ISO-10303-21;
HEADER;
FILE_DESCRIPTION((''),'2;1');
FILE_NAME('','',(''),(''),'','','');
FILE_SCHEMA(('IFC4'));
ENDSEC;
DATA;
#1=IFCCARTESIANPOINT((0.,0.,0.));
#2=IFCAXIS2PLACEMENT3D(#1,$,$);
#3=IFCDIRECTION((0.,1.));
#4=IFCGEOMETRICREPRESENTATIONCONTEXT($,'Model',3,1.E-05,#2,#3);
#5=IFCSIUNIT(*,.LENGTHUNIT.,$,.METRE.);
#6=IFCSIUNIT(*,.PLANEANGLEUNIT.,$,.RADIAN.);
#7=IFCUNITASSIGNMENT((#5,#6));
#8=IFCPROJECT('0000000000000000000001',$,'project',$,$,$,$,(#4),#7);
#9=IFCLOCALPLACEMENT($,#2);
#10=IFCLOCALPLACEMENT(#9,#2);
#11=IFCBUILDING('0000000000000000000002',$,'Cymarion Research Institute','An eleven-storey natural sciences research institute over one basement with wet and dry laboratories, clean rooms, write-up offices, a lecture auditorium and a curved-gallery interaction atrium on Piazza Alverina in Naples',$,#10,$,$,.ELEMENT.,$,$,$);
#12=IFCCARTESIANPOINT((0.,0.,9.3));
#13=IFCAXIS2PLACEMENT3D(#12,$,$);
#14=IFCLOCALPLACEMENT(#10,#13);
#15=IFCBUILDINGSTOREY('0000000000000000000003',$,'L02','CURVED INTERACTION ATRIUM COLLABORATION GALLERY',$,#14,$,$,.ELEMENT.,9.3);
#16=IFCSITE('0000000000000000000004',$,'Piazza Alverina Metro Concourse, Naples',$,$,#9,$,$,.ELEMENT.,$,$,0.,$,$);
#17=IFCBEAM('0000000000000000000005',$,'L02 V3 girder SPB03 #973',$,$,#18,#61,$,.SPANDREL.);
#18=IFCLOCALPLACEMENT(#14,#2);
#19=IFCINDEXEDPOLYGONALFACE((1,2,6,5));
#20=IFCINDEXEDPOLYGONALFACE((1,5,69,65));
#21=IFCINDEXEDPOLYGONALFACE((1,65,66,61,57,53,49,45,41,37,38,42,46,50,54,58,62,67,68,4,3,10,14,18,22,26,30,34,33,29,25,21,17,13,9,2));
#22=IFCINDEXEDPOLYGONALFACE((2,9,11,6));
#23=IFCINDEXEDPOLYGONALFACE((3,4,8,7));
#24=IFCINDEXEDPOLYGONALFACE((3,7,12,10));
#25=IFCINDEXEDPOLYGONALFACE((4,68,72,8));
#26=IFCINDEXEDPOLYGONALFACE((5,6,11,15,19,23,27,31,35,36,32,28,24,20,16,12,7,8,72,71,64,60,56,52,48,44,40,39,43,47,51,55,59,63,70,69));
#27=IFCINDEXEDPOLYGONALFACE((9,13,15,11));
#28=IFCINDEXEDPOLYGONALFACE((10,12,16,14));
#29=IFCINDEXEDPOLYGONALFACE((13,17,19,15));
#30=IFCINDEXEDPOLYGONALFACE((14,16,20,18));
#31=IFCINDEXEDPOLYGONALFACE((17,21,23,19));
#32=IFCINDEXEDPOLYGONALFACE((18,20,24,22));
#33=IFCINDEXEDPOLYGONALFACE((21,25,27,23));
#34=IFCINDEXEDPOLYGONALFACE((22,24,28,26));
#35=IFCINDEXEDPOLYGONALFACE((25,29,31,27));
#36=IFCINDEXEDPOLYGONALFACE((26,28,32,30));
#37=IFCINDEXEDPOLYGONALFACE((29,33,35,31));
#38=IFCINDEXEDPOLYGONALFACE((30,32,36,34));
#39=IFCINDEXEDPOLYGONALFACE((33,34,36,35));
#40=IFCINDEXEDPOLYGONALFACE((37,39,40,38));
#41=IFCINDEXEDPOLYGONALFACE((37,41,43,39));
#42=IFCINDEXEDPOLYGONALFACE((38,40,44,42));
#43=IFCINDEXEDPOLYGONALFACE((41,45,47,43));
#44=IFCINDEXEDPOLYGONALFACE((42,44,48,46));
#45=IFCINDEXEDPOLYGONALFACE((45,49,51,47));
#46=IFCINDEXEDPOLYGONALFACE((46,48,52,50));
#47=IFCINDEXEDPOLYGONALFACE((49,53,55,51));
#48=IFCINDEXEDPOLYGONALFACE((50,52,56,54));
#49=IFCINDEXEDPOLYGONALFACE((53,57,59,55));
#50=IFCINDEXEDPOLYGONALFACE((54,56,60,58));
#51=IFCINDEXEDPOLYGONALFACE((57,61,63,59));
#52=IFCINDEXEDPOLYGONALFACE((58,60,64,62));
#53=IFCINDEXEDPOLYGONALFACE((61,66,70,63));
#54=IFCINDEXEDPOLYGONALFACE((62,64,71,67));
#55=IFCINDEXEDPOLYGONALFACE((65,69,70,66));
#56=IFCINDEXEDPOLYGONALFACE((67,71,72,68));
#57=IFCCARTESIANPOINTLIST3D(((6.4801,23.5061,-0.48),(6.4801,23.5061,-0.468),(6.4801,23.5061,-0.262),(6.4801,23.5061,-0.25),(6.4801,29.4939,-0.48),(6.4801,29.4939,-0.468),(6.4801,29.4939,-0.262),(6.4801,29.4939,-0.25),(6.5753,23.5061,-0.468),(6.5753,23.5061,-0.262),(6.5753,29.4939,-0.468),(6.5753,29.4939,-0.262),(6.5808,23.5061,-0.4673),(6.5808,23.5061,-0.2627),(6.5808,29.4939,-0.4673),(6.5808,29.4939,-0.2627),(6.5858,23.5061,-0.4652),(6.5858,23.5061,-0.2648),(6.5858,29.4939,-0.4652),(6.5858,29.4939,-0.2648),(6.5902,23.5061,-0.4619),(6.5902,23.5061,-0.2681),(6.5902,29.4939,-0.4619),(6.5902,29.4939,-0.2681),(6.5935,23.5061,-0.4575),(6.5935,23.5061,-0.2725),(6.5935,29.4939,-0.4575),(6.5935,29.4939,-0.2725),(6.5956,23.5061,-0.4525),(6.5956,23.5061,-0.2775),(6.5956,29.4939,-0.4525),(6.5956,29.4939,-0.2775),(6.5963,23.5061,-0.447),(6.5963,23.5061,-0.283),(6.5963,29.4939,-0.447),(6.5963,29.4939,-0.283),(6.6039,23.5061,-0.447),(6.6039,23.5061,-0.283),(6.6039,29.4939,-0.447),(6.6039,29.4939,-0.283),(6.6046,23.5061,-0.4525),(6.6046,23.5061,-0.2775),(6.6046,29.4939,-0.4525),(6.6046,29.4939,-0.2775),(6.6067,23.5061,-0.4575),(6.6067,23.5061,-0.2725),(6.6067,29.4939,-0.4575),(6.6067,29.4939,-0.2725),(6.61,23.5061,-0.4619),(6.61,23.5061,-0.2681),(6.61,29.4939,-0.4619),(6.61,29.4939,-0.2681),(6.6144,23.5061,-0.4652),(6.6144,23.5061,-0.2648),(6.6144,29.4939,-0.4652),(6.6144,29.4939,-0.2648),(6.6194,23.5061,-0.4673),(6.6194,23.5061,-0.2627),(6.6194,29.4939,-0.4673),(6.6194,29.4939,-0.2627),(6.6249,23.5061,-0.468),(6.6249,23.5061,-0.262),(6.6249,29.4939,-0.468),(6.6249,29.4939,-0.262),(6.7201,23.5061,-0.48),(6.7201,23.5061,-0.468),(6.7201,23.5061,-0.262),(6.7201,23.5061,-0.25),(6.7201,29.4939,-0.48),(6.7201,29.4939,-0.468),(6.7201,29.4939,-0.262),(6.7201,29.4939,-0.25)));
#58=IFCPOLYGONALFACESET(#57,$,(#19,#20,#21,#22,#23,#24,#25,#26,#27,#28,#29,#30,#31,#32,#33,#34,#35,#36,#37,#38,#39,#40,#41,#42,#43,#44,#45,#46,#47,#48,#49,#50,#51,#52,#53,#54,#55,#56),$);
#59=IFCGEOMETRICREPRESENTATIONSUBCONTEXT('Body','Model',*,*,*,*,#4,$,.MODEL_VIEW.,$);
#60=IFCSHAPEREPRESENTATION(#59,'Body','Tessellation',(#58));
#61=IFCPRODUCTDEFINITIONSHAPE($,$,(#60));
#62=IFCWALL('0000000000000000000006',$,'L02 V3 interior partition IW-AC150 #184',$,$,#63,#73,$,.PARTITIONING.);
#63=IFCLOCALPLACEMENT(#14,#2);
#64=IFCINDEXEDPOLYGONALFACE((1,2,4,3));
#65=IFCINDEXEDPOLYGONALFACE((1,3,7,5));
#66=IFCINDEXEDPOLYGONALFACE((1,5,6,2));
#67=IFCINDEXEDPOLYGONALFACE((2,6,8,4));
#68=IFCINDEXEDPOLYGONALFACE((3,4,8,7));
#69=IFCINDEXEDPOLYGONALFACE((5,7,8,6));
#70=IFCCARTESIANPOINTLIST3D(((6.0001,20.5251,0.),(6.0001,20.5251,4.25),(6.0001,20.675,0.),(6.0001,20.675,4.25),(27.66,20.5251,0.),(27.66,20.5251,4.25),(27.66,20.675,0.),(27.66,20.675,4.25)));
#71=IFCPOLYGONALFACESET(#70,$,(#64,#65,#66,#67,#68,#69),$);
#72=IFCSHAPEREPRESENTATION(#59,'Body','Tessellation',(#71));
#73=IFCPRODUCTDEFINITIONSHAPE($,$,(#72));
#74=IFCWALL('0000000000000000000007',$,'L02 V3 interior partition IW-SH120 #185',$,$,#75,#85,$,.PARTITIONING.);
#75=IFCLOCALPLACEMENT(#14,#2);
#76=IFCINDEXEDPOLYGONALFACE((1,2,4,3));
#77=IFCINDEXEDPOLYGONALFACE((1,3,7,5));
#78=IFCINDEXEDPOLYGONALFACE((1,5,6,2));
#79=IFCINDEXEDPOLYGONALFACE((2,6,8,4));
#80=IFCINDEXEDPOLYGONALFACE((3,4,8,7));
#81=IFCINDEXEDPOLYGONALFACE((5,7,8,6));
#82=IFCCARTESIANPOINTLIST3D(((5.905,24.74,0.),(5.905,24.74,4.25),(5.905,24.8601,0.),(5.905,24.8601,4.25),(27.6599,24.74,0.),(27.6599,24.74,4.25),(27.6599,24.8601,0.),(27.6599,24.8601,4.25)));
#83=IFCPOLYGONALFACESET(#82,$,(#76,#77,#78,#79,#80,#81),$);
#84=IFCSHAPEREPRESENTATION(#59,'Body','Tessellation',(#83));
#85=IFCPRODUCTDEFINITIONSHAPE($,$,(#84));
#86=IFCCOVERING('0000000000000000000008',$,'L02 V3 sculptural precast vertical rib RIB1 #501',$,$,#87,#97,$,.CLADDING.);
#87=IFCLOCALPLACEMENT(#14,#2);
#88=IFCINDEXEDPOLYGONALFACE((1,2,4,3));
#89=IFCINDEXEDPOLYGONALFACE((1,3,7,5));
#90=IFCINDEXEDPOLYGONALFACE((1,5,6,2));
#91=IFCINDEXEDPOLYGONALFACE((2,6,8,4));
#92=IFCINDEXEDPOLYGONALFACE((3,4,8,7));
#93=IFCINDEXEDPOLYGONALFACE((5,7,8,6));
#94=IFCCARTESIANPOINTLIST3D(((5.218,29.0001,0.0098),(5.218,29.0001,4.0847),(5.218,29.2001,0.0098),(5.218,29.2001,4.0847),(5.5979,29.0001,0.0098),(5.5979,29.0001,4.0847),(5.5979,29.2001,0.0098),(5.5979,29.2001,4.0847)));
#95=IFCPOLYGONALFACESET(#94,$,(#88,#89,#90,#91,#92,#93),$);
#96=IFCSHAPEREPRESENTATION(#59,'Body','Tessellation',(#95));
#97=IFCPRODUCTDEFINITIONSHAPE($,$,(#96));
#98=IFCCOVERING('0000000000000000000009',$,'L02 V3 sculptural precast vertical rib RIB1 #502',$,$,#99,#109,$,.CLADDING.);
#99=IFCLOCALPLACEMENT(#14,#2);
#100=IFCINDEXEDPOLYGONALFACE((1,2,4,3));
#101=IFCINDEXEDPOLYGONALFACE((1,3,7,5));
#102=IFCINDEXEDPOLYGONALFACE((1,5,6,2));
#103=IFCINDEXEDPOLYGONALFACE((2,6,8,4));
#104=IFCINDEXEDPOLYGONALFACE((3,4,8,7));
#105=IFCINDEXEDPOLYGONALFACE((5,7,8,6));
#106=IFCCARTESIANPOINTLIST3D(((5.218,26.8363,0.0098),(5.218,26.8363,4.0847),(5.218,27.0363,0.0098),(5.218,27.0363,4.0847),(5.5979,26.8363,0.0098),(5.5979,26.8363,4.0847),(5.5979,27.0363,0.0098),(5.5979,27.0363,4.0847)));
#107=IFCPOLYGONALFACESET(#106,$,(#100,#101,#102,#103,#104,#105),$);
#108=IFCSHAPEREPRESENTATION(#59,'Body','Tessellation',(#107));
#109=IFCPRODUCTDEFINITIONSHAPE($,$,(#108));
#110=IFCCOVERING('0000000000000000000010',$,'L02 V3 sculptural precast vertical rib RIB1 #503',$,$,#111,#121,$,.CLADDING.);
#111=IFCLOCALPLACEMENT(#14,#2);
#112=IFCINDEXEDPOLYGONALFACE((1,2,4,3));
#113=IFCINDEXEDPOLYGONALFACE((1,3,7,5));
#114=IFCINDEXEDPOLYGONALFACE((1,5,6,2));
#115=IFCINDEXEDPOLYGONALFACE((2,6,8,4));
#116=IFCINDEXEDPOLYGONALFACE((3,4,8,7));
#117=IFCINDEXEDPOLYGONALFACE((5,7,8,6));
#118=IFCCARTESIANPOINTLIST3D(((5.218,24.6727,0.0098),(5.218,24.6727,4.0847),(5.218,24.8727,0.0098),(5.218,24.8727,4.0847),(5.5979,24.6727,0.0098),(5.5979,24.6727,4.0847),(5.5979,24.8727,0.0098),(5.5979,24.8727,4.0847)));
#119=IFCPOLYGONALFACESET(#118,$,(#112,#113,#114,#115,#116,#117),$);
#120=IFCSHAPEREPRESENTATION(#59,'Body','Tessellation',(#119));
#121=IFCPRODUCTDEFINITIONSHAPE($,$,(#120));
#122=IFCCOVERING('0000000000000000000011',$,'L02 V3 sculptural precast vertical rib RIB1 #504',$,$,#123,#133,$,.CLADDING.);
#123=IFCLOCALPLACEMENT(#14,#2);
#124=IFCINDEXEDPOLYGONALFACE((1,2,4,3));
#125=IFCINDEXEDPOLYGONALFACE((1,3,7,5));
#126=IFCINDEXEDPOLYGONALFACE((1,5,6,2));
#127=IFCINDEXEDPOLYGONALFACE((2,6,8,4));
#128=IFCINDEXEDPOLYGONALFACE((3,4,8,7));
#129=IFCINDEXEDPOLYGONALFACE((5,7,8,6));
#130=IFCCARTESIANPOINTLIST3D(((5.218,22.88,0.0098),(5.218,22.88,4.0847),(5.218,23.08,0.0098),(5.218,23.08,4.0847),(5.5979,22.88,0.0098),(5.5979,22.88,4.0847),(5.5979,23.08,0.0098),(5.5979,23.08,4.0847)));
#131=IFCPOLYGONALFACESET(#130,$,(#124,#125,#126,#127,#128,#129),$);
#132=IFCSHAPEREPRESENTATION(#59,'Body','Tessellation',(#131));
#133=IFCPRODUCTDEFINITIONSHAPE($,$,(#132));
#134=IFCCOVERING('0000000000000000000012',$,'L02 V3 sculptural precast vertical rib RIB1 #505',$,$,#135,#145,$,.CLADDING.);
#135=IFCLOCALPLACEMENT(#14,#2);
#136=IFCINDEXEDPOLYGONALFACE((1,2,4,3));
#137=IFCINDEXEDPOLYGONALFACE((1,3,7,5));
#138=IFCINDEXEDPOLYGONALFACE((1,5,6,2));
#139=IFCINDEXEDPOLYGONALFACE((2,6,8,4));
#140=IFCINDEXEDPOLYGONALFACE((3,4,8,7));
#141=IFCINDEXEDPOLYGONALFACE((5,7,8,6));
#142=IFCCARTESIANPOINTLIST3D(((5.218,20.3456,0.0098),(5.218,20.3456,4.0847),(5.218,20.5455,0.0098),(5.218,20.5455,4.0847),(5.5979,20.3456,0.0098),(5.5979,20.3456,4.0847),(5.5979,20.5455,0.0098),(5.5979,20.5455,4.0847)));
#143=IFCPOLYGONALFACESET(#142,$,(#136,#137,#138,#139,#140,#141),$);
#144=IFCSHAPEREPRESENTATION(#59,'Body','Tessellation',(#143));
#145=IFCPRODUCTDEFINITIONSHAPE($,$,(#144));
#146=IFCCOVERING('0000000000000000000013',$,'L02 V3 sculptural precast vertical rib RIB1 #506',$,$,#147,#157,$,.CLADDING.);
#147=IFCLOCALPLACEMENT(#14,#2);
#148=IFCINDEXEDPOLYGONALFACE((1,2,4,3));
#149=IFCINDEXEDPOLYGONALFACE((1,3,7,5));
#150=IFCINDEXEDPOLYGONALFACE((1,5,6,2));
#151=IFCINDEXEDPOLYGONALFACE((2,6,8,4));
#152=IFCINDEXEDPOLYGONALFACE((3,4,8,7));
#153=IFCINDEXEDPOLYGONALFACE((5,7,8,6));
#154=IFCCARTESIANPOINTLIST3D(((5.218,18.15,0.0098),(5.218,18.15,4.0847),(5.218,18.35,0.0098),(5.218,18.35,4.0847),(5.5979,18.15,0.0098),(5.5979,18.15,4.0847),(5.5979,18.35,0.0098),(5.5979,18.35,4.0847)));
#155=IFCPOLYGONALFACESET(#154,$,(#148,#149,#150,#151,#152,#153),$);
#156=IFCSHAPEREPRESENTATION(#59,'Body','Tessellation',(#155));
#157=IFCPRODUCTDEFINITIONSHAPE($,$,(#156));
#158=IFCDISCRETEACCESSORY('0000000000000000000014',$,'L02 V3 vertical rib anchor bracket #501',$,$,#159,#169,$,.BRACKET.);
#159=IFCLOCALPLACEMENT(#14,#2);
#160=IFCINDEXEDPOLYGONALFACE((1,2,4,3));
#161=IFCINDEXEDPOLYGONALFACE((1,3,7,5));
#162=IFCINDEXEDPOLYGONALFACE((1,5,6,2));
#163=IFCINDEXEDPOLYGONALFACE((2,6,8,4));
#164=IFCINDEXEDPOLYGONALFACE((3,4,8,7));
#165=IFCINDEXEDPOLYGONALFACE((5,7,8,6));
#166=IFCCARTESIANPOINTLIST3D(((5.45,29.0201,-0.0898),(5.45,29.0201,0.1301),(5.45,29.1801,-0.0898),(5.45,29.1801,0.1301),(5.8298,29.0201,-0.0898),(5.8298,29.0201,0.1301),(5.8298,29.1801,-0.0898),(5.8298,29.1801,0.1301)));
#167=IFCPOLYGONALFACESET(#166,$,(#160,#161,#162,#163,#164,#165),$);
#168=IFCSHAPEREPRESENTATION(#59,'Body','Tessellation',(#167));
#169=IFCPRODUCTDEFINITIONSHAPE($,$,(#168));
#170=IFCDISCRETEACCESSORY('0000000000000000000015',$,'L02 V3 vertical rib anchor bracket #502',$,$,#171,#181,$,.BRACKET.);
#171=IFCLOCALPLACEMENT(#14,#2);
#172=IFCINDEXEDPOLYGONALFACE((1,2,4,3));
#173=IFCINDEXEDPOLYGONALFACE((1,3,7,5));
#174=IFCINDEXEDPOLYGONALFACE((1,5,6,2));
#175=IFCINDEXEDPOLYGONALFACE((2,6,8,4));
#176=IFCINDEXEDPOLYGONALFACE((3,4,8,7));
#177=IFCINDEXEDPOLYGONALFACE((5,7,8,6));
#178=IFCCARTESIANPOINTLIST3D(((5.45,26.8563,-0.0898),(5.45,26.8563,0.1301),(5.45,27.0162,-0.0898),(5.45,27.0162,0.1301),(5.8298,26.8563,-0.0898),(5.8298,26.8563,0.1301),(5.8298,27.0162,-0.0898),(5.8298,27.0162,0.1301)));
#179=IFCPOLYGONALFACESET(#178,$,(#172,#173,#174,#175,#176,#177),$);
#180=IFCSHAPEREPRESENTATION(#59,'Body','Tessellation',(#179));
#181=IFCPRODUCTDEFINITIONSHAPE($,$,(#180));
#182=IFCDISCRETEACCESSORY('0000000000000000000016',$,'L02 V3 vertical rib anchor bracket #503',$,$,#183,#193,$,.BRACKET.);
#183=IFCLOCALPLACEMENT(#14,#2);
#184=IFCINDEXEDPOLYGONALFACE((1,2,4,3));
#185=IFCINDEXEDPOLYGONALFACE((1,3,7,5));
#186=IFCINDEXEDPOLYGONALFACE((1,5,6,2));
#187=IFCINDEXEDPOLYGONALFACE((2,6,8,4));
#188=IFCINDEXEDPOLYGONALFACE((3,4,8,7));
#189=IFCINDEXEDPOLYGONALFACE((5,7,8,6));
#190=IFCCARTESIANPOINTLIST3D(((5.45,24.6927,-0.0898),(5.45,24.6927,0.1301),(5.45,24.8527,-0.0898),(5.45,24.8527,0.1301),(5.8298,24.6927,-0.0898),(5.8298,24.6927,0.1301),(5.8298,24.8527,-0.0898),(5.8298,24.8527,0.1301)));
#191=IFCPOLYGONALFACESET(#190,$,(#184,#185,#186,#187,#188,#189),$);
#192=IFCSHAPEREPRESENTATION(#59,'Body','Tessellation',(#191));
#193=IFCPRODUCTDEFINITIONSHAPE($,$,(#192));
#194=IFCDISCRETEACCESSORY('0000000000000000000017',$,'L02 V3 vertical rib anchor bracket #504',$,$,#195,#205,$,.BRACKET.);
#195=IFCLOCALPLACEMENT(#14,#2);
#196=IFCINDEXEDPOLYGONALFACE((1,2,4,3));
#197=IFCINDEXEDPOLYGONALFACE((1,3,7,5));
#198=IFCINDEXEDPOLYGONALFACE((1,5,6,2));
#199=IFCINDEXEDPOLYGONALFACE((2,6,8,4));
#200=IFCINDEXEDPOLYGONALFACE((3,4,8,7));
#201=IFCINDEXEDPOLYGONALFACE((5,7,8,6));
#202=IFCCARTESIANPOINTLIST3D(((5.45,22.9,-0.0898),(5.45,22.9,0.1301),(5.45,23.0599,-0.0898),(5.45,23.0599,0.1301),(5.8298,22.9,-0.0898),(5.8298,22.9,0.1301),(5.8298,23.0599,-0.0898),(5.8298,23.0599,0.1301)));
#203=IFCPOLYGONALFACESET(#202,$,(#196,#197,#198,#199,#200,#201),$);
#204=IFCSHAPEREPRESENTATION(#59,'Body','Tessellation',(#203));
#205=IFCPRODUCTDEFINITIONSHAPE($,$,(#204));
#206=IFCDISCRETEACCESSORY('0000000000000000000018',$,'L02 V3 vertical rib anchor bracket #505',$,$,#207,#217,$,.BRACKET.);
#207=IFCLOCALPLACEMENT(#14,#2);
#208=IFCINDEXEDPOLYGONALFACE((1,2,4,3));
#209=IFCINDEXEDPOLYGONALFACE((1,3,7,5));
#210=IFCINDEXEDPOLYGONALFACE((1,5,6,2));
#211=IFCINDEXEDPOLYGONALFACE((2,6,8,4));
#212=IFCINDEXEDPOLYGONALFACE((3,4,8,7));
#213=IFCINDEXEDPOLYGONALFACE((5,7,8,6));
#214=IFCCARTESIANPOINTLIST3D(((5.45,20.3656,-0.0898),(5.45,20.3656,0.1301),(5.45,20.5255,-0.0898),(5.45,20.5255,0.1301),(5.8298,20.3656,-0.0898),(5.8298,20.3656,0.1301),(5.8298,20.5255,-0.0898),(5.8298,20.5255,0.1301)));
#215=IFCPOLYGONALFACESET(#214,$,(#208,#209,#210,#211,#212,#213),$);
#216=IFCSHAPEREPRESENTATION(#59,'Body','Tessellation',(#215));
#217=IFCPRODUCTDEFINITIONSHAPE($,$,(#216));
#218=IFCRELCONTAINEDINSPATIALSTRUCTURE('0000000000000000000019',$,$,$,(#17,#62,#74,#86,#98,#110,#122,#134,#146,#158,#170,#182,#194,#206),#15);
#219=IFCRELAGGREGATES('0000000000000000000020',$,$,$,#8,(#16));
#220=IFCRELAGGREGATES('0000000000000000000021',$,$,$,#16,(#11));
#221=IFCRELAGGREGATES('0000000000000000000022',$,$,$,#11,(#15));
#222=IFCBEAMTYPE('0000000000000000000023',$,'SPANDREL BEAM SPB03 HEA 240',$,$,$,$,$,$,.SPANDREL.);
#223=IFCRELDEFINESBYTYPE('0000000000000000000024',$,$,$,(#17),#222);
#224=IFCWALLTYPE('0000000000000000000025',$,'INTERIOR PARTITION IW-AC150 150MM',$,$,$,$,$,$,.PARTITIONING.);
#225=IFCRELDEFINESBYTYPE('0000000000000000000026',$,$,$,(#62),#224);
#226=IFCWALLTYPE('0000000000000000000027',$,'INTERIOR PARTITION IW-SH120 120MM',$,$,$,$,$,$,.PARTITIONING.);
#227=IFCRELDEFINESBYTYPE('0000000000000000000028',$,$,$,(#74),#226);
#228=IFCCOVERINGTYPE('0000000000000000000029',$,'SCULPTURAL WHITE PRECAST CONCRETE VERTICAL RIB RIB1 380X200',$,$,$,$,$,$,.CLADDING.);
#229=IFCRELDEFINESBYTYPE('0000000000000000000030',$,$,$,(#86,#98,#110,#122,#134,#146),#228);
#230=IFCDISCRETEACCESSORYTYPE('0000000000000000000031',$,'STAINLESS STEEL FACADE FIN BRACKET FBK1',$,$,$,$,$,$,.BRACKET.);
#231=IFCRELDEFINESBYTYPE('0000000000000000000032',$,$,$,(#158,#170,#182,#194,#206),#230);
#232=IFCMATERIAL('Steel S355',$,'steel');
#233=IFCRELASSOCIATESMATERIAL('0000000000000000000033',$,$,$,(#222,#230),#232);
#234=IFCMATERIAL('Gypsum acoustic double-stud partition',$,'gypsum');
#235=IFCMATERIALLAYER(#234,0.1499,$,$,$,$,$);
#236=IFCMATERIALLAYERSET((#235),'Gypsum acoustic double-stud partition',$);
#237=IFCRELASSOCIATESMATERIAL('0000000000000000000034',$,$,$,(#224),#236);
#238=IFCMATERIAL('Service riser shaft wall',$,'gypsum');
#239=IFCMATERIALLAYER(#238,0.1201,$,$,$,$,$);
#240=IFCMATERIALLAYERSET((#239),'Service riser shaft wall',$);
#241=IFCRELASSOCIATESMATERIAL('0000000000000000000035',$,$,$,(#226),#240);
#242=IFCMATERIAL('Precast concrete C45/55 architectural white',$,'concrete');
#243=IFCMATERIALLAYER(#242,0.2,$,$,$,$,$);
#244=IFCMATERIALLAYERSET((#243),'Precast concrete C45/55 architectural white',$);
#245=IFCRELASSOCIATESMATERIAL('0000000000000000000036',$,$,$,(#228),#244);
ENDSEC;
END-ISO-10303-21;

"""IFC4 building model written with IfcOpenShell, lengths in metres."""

from ifc_helpers import new_model, si_unit, direction, frame, frame_2d, origin, origin_2d, place, context, subcontext, project, spatial, rectangle, i_section, extrude, material, layer, layer_set, material_profile, profile_set, type_object, element, save


model = new_model("IFC4")

# Units and contexts
model_context = context("Model", 3, precision=1e-05, world=origin(), true_north=direction((0.0, 1.0)))
body_context = subcontext(model_context, "Body", "Model", "MODEL_VIEW")
ifc_project = project(units=[si_unit("LENGTHUNIT", "METRE"), si_unit("PLANEANGLEUNIT", "RADIAN")], contexts=[model_context])

# Site, building, storey
site_placement = place(None, origin())
site = spatial("IfcSite", under=ifc_project, at=site_placement, Name="Piazza Alverina Metro Concourse, Naples", CompositionType="ELEMENT", RefElevation=0.0)
building_placement = place(site_placement, origin())
building = spatial("IfcBuilding", under=site, at=building_placement, Name="Cymarion Research Institute", Description="An eleven-storey natural sciences research institute over one basement with wet and dry laboratories, clean rooms, write-up offices, a lecture auditorium and a curved-gallery interaction atrium on Piazza Alverina in Naples", CompositionType="ELEMENT")
storey_placement = place(building_placement, frame((0.0, 0.0, 9.3)))
storey = spatial("IfcBuildingStorey", under=building, at=storey_placement, Name="L02", Description="CURVED INTERACTION ATRIUM COLLABORATION GALLERY", CompositionType="ELEMENT", Elevation=9.3)

# Shared definitions
ifc_material_1 = material(Name="Steel S355", Category="steel")

# Beam
ifc_material_profile_1 = material_profile(ifc_material_1, i_section(OverallWidth=0.24, OverallDepth=0.23, WebThickness=0.0076, FlangeThickness=0.012, FilletRadius=0.021, at=origin_2d()), Name="HEA 240")
ifc_profile_set_1 = profile_set([ifc_material_profile_1], Name="Steel S355")
beam_type_1 = type_object("IfcBeamType", Name="SPANDREL BEAM SPB03 HEA 240", PredefinedType="SPANDREL", material=ifc_profile_set_1)
beam_1_placement = place(storey_placement, frame((6.6001, 23.5061, -0.365), z_axis=(0.0, 1.0, 0.0), x_axis=(-1.0, 0.0, 0.0)))
element("IfcBeam", 1, at=beam_1_placement, inside=storey, type_object=beam_type_1, Name="L02 V3 girder SPB03 #973", PredefinedType="SPANDREL", context=body_context, shape_type="SweptSolid", body=[
    extrude(i_section(OverallWidth=0.24, OverallDepth=0.23, WebThickness=0.0076, FlangeThickness=0.012, FilletRadius=0.021, at=origin_2d()), origin(), (0.0, 0.0, 1.0), 5.9878),
])

# Walls
ifc_material_2 = material(Name="Gypsum acoustic double-stud partition", Category="gypsum")
ifc_layer_1 = layer(ifc_material_2, 0.1499)
ifc_layer_set_1 = layer_set([ifc_layer_1], Name="Gypsum acoustic double-stud partition")
wall_type_1 = type_object("IfcWallType", Name="INTERIOR PARTITION IW-AC150 150MM", PredefinedType="PARTITIONING", material=ifc_layer_set_1)
wall_1_placement = place(storey_placement, frame((6.0, 20.6001, 0.0), z_axis=(0.0, 0.0, 1.0), x_axis=(1.0, 0.0, 0.0)))
element("IfcWall", 2, at=wall_1_placement, inside=storey, type_object=wall_type_1, Name="L02 V3 interior partition IW-AC150 #184", PredefinedType="PARTITIONING", context=body_context, shape_type="SweptSolid", body=[
    extrude(rectangle(XDim=21.6599, YDim=0.1499, at=frame_2d((10.8301, 0.0))), origin(), (0.0, 0.0, 1.0), 4.25),
])
ifc_material_3 = material(Name="Service riser shaft wall", Category="gypsum")
ifc_layer_2 = layer(ifc_material_3, 0.1201)
ifc_layer_set_2 = layer_set([ifc_layer_2], Name="Service riser shaft wall")
wall_type_2 = type_object("IfcWallType", Name="INTERIOR PARTITION IW-SH120 120MM", PredefinedType="PARTITIONING", material=ifc_layer_set_2)
wall_2_placement = place(storey_placement, frame((5.905, 24.8, 0.0), z_axis=(0.0, 0.0, 1.0), x_axis=(1.0, 0.0, 0.0)))
element("IfcWall", 3, at=wall_2_placement, inside=storey, type_object=wall_type_2, Name="L02 V3 interior partition IW-SH120 #185", PredefinedType="PARTITIONING", context=body_context, shape_type="SweptSolid", body=[
    extrude(rectangle(XDim=21.7549, YDim=0.1201, at=frame_2d((10.8774, 0.0))), origin(), (0.0, 0.0, 1.0), 4.25),
])

# Coverings
ifc_material_4 = material(Name="Precast concrete C45/55 architectural white", Category="concrete")
ifc_layer_3 = layer(ifc_material_4, 0.2)
ifc_layer_set_3 = layer_set([ifc_layer_3], Name="Precast concrete C45/55 architectural white")
covering_type = type_object("IfcCoveringType", Name="SCULPTURAL WHITE PRECAST CONCRETE VERTICAL RIB RIB1 380X200", PredefinedType="CLADDING", material=ifc_layer_set_3)
for number, where, z_axis, x_axis, name in (
    (4, (5.408, 29.1001, 0.0098), (0.0, 0.0, 1.0), (-1.0, 0.0, 0.0), "L02 V3 sculptural precast vertical rib RIB1 #501"),
    (5, (5.408, 26.9363, 0.0098), (0.0, 0.0, 1.0), (-1.0, 0.0, 0.0), "L02 V3 sculptural precast vertical rib RIB1 #502"),
    (6, (5.408, 24.7727, 0.0098), (0.0, 0.0, 1.0), (-1.0, 0.0, 0.0), "L02 V3 sculptural precast vertical rib RIB1 #503"),
    (7, (5.408, 22.98, 0.0098), (0.0, 0.0, 1.0), (-1.0, 0.0, 0.0), "L02 V3 sculptural precast vertical rib RIB1 #504"),
    (8, (5.408, 20.4456, 0.0098), (0.0, 0.0, 1.0), (-1.0, 0.0, 0.0), "L02 V3 sculptural precast vertical rib RIB1 #505"),
    (9, (5.408, 18.25, 0.0098), (0.0, 0.0, 1.0), (-1.0, 0.0, 0.0), "L02 V3 sculptural precast vertical rib RIB1 #506"),
):
    element("IfcCovering", number, at=place(storey_placement, frame(where, z_axis=z_axis, x_axis=x_axis)), inside=storey, type_object=covering_type, Name=name, PredefinedType="CLADDING", context=body_context, shape_type="SweptSolid", body=[
        extrude(rectangle(XDim=0.3799, YDim=0.2, at=origin_2d()), origin(), (0.0, 0.0, 1.0), 4.075),
    ])

# Discrete accessories
discrete_accessory_type = type_object("IfcDiscreteAccessoryType", Name="STAINLESS STEEL FACADE FIN BRACKET FBK1", PredefinedType="BRACKET", material=ifc_material_1)
for number, where, z_axis, x_axis, name in (
    (10, (5.6399, 29.1001, -0.0898), (0.0, 0.0, 1.0), (-1.0, 0.0, 0.0), "L02 V3 vertical rib anchor bracket #501"),
    (11, (5.6399, 26.9363, -0.0898), (0.0, 0.0, 1.0), (-1.0, 0.0, 0.0), "L02 V3 vertical rib anchor bracket #502"),
    (12, (5.6399, 24.7727, -0.0898), (0.0, 0.0, 1.0), (-1.0, 0.0, 0.0), "L02 V3 vertical rib anchor bracket #503"),
    (13, (5.6399, 22.98, -0.0898), (0.0, 0.0, 1.0), (-1.0, 0.0, 0.0), "L02 V3 vertical rib anchor bracket #504"),
    (14, (5.6399, 20.4456, -0.0898), (0.0, 0.0, 1.0), (-1.0, 0.0, 0.0), "L02 V3 vertical rib anchor bracket #505"),
):
    element("IfcDiscreteAccessory", number, at=place(storey_placement, frame(where, z_axis=z_axis, x_axis=x_axis)), inside=storey, type_object=discrete_accessory_type, Name=name, PredefinedType="BRACKET", context=body_context, shape_type="SweptSolid", body=[
        extrude(rectangle(XDim=0.3799, YDim=0.1599, at=origin_2d()), origin(), (0.0, 0.0, 1.0), 0.22),
    ])

save(model, "model.ifc")
